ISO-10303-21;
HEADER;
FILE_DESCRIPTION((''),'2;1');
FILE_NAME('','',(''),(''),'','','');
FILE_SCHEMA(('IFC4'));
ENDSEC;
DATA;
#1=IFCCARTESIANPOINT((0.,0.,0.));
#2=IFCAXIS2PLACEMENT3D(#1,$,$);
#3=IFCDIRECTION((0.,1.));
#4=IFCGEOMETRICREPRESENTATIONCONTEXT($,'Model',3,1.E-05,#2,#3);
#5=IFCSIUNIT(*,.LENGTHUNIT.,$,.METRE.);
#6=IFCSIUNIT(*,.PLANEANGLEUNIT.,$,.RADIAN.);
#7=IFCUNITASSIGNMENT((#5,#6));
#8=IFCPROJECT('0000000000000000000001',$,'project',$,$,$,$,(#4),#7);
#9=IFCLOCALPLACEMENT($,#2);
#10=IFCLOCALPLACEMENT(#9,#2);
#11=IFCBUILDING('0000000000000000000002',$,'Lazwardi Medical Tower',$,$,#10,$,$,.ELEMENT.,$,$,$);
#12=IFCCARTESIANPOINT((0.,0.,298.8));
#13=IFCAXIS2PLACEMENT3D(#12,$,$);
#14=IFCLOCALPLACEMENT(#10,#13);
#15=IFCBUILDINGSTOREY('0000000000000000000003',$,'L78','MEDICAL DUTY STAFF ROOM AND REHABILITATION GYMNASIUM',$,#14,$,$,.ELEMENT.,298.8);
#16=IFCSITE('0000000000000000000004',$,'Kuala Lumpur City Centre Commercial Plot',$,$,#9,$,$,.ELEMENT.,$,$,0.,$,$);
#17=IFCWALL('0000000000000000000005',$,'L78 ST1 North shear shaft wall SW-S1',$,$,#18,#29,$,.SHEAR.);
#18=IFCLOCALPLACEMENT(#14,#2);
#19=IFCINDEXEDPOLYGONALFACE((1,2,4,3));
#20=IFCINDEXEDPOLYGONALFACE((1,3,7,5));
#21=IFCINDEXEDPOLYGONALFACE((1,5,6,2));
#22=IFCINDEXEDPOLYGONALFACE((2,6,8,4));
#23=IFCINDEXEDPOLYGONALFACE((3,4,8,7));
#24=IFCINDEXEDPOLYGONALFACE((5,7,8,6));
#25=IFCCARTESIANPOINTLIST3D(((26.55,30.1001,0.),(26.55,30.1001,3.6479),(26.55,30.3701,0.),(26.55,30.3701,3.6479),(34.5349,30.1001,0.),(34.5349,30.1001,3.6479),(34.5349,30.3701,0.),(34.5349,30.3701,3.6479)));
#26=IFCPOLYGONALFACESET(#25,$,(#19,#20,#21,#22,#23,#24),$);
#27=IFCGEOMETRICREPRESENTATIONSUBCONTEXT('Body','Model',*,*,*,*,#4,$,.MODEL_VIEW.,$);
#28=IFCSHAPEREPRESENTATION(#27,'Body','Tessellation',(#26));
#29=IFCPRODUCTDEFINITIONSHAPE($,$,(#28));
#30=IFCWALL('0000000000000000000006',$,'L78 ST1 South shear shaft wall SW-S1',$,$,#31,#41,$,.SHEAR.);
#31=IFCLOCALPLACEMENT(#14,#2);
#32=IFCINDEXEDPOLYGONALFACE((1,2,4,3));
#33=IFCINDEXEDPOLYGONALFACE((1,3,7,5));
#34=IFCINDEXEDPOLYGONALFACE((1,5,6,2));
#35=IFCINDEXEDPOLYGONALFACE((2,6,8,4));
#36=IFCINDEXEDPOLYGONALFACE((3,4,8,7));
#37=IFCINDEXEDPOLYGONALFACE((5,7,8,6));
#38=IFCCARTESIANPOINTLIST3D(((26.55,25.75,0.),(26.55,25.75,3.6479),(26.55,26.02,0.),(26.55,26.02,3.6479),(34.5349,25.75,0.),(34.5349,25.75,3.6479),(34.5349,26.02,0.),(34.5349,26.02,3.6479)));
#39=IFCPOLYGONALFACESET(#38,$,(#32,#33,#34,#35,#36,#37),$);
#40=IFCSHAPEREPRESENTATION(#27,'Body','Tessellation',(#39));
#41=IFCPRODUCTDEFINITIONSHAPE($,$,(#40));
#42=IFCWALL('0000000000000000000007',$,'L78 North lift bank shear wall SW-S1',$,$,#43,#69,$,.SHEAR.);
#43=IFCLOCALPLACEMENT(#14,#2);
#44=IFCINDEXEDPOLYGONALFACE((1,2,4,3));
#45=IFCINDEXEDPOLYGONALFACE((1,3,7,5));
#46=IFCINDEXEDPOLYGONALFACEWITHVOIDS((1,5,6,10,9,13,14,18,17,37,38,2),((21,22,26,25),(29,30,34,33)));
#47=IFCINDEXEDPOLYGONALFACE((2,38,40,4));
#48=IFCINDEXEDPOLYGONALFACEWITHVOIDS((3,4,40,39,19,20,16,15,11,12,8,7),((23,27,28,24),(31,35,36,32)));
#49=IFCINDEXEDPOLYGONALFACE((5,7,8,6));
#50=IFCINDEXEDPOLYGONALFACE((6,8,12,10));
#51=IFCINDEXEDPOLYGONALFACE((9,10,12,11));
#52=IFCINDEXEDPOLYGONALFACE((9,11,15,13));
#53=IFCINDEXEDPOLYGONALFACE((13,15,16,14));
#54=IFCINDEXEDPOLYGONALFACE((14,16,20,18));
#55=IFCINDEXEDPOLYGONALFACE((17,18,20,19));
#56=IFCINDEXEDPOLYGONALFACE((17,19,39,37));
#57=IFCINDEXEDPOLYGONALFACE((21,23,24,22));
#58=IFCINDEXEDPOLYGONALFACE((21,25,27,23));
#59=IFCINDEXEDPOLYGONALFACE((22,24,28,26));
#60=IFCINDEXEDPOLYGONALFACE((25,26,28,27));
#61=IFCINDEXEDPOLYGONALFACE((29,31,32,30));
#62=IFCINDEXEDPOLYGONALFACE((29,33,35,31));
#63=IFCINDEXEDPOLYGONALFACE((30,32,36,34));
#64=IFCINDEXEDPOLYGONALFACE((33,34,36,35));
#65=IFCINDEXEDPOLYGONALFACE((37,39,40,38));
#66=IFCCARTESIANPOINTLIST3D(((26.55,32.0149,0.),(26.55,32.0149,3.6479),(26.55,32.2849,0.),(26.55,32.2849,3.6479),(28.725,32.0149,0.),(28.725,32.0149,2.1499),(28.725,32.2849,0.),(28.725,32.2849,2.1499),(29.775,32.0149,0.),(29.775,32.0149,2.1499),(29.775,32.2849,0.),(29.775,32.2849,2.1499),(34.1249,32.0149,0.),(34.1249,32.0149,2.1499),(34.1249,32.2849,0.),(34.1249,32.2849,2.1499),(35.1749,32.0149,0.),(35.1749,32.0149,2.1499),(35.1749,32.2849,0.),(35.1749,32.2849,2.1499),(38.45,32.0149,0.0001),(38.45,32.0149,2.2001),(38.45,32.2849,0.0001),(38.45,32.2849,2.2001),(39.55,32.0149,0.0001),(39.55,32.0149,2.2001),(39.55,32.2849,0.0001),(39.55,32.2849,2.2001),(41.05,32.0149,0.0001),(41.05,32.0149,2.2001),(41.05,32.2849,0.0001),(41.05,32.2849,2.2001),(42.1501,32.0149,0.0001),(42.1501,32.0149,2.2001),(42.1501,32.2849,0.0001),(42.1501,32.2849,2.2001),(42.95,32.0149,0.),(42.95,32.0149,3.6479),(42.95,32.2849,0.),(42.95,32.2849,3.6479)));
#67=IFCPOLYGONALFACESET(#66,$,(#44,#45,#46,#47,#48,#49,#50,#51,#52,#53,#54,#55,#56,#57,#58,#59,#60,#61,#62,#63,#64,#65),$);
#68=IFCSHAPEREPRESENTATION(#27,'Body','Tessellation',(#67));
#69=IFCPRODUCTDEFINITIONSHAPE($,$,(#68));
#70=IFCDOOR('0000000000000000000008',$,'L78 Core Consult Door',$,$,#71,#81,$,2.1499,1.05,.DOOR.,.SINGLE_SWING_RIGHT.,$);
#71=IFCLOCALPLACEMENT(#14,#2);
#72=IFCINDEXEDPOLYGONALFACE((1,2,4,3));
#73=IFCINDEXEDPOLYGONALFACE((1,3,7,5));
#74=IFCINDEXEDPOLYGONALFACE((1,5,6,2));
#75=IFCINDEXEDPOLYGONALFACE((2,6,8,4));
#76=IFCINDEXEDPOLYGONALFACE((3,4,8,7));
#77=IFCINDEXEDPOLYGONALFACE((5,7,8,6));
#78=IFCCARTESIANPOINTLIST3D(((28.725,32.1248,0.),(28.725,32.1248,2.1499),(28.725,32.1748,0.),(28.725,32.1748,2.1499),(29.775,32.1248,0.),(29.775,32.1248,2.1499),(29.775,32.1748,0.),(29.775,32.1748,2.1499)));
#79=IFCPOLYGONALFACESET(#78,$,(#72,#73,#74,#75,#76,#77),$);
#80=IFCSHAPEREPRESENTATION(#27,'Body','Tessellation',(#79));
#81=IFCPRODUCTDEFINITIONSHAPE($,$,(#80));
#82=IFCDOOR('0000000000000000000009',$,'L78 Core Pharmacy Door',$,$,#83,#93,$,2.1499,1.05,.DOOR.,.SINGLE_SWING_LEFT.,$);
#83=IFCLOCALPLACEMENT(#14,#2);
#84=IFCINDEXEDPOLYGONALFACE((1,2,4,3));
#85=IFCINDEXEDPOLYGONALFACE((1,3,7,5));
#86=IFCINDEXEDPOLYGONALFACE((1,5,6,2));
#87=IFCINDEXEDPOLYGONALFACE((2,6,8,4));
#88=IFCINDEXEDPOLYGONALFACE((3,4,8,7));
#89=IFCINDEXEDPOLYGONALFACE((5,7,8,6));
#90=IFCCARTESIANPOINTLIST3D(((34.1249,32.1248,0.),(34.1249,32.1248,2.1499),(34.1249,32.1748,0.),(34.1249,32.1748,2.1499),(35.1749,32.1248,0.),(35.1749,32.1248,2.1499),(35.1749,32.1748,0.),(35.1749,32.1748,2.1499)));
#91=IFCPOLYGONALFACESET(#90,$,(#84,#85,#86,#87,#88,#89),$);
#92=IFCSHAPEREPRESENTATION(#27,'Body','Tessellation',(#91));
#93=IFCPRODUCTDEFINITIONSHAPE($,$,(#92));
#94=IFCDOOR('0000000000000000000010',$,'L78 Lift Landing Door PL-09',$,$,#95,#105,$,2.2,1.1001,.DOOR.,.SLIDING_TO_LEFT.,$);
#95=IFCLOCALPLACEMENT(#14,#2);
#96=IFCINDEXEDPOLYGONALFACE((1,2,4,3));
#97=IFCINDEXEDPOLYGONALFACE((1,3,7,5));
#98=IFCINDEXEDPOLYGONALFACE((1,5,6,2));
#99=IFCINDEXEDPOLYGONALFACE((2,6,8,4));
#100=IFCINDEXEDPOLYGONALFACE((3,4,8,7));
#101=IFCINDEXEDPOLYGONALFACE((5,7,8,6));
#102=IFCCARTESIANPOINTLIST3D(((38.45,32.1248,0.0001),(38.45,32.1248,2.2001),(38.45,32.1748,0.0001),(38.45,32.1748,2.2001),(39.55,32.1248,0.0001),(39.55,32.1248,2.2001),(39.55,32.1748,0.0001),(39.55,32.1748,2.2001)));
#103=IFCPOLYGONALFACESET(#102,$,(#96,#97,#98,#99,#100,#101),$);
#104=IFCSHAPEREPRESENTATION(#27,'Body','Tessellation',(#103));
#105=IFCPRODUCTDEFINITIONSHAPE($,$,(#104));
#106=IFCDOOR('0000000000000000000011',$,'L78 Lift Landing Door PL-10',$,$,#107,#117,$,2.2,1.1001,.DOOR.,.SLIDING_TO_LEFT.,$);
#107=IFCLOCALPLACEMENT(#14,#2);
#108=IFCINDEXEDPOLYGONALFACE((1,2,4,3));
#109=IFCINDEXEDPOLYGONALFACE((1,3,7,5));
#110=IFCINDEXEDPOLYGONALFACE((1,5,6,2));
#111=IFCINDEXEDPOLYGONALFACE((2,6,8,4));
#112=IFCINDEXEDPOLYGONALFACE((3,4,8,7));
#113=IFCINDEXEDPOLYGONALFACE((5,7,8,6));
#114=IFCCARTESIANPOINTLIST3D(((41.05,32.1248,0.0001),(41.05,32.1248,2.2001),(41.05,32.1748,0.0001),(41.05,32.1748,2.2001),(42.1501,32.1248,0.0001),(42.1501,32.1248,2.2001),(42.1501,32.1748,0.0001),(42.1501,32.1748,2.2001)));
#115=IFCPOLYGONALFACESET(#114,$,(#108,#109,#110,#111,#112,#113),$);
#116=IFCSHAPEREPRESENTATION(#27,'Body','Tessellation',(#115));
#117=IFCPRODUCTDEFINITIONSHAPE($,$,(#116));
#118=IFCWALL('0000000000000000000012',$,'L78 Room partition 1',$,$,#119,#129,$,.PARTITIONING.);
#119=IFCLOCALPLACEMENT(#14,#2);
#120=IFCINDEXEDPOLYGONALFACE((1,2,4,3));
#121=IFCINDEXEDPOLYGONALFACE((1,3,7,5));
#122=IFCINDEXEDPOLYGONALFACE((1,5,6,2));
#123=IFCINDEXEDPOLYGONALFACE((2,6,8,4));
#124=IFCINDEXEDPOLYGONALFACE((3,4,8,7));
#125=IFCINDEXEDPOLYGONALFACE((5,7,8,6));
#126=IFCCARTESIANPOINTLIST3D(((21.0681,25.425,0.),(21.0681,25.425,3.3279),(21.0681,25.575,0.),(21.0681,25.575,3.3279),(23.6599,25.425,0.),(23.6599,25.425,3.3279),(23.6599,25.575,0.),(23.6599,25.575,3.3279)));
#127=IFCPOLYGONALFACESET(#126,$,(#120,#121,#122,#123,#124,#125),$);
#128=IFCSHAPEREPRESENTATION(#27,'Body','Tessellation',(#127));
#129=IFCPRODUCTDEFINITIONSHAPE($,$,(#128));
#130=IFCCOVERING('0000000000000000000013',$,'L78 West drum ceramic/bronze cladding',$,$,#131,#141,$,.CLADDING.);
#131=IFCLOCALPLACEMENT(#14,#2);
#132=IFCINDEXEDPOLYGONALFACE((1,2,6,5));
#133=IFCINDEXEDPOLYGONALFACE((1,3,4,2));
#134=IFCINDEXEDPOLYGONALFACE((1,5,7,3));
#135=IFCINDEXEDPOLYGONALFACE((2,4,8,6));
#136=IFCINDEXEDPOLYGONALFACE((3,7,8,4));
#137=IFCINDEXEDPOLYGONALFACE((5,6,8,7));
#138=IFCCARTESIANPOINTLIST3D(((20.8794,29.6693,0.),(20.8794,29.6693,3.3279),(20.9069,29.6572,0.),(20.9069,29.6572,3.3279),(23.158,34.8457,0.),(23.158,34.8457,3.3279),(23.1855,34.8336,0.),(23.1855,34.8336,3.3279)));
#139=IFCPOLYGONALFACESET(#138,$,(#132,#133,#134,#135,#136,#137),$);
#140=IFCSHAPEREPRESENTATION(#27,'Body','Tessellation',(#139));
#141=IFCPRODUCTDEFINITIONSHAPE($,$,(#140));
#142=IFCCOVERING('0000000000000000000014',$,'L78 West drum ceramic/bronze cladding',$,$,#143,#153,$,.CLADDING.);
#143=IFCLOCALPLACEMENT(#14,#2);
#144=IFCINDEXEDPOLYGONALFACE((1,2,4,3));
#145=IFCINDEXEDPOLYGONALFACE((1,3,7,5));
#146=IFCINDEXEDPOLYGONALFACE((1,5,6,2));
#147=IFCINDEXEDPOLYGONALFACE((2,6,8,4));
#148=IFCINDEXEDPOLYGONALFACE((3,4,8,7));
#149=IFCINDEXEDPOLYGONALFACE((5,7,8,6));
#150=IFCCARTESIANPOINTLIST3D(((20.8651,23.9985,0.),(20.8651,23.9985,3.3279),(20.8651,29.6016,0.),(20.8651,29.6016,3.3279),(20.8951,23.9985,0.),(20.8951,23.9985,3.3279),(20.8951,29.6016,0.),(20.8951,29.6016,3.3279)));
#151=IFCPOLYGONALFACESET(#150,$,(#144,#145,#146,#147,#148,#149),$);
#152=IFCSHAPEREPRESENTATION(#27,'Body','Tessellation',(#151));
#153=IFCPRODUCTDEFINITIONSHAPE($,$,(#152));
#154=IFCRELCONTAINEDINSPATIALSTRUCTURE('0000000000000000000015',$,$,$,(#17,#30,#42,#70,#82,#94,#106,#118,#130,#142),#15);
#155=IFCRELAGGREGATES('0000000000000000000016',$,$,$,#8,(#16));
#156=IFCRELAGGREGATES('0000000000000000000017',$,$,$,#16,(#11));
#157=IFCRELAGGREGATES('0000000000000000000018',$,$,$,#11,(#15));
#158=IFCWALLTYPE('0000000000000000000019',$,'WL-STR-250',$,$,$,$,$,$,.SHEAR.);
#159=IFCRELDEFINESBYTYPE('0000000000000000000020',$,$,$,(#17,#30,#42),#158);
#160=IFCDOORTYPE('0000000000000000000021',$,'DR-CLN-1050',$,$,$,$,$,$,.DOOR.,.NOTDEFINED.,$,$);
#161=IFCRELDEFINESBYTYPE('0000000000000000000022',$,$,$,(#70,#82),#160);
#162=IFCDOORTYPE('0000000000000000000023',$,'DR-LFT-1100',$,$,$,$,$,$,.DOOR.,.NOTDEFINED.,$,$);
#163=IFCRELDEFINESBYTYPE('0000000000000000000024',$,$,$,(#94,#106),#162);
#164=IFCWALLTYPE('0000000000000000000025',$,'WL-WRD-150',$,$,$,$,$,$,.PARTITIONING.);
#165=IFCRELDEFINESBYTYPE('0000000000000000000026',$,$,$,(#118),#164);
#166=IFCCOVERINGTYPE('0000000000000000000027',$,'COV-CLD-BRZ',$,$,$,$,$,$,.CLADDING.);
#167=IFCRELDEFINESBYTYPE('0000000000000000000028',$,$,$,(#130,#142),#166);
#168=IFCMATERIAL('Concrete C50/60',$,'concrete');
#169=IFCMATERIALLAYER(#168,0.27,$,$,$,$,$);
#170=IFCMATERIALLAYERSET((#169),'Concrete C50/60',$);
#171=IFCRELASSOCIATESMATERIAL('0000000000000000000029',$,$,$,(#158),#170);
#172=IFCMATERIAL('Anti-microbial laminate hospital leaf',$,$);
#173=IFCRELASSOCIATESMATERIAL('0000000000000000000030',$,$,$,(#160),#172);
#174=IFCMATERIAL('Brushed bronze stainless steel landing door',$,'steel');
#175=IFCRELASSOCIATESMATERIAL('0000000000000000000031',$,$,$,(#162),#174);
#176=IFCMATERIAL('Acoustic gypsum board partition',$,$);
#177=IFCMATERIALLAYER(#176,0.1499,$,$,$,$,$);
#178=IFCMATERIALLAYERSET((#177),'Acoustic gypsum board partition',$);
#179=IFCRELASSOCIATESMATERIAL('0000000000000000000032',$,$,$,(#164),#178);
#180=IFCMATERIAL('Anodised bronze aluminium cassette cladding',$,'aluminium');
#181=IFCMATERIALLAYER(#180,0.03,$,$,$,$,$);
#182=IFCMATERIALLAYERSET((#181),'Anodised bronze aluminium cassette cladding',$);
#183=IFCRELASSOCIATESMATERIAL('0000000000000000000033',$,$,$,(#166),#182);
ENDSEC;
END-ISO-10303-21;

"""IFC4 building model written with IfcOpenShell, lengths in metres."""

from ifc_helpers import new_model, si_unit, direction, frame, frame_2d, origin, origin_2d, place, context, subcontext, project, spatial, rectangle, extrude, material, layer, layer_set, type_object, element, fill, save


model = new_model("IFC4")

# Units and contexts
model_context = context("Model", 3, precision=1e-05, world=origin(), true_north=direction((0.0, 1.0)))
body_context = subcontext(model_context, "Body", "Model", "MODEL_VIEW")
ifc_project = project(units=[si_unit("LENGTHUNIT", "METRE"), si_unit("PLANEANGLEUNIT", "RADIAN")], contexts=[model_context])

# Site, building, storey
site_placement = place(None, origin())
site = spatial("IfcSite", under=ifc_project, at=site_placement, Name="Kuala Lumpur City Centre Commercial Plot", CompositionType="ELEMENT", RefElevation=0.0)
building_placement = place(site_placement, origin())
building = spatial("IfcBuilding", under=site, at=building_placement, Name="Lazwardi Medical Tower", CompositionType="ELEMENT")
storey_placement = place(building_placement, frame((0.0, 0.0, 298.8)))
storey = spatial("IfcBuildingStorey", under=building, at=storey_placement, Name="L78", Description="MEDICAL DUTY STAFF ROOM AND REHABILITATION GYMNASIUM", CompositionType="ELEMENT", Elevation=298.8)

# Walls
ifc_material_1 = material(Name="Concrete C50/60", Category="concrete")
ifc_layer_1 = layer(ifc_material_1, 0.27)
ifc_layer_set_1 = layer_set([ifc_layer_1], Name="Concrete C50/60")
wall_type_1 = type_object("IfcWallType", Name="WL-STR-250", PredefinedType="SHEAR", material=ifc_layer_set_1)
for number, where, z_axis, x_axis, name in (
    (1, (26.55, 30.2351, 0.0), (0.0, 0.0, 1.0), (1.0, 0.0, 0.0), "L78 ST1 North shear shaft wall SW-S1"),
    (2, (26.55, 25.885, 0.0), (0.0, 0.0, 1.0), (1.0, 0.0, 0.0), "L78 ST1 South shear shaft wall SW-S1"),
):
    element("IfcWall", number, at=place(storey_placement, frame(where, z_axis=z_axis, x_axis=x_axis)), inside=storey, type_object=wall_type_1, Name=name, PredefinedType="SHEAR", context=body_context, shape_type="SweptSolid", body=[
        extrude(rectangle(XDim=7.9849, YDim=0.27, at=frame_2d((3.9924, 0.0))), origin(), (0.0, 0.0, 1.0), 3.6479),
    ])

# Wall, openings, doors
wall_1_placement = place(storey_placement, frame((26.55, 32.1499, 0.0), z_axis=(0.0, 0.0, 1.0), x_axis=(1.0, 0.0, 0.0)))
wall_1 = element("IfcWall", 3, at=wall_1_placement, inside=storey, type_object=wall_type_1, Name="L78 North lift bank shear wall SW-S1", PredefinedType="SHEAR", context=body_context, shape_type="SweptSolid", body=[
    extrude(rectangle(XDim=16.3999, YDim=0.27, at=frame_2d((8.2, 0.0))), origin(), (0.0, 0.0, 1.0), 3.6479),
])
opening_1_placement = place(wall_1_placement, frame((2.175, 0.0, 0.0)))
opening_1 = element("IfcOpeningElement", 4, at=opening_1_placement, cuts=wall_1, PredefinedType="OPENING", context=body_context, shape_type="SweptSolid", body=[
    extrude(rectangle(XDim=1.05, YDim=2.1499, at=frame_2d((0.5249, 1.075))), frame((0.0, 0.145, 0.0), z_axis=(0.0, -1.0, 0.0), x_axis=(1.0, 0.0, 0.0)), (0.0, 0.0, 1.0), 0.29),
])
opening_2_placement = place(wall_1_placement, frame((7.575, 0.0, 0.0)))
opening_2 = element("IfcOpeningElement", 5, at=opening_2_placement, cuts=wall_1, PredefinedType="OPENING", context=body_context, shape_type="SweptSolid", body=[
    extrude(rectangle(XDim=1.05, YDim=2.1499, at=frame_2d((0.5249, 1.075))), frame((0.0, 0.145, 0.0), z_axis=(0.0, -1.0, 0.0), x_axis=(1.0, 0.0, 0.0)), (0.0, 0.0, 1.0), 0.29),
])
opening_3_placement = place(wall_1_placement, frame((11.8999, 0.0, 0.0)))
opening_3 = element("IfcOpeningElement", 6, at=opening_3_placement, cuts=wall_1, PredefinedType="OPENING", context=body_context, shape_type="SweptSolid", body=[
    extrude(rectangle(XDim=1.1001, YDim=2.2, at=frame_2d((0.55, 1.1001))), frame((0.0, 0.145, 0.0), z_axis=(0.0, -1.0, 0.0), x_axis=(1.0, 0.0, 0.0)), (0.0, 0.0, 1.0), 0.29),
])
opening_4_placement = place(wall_1_placement, frame((14.5, 0.0, 0.0)))
opening_4 = element("IfcOpeningElement", 7, at=opening_4_placement, cuts=wall_1, PredefinedType="OPENING", context=body_context, shape_type="SweptSolid", body=[
    extrude(rectangle(XDim=1.1001, YDim=2.2, at=frame_2d((0.55, 1.1001))), frame((0.0, 0.145, 0.0), z_axis=(0.0, -1.0, 0.0), x_axis=(1.0, 0.0, 0.0)), (0.0, 0.0, 1.0), 0.29),
])
ifc_material_2 = material(Name="Anti-microbial laminate hospital leaf")
door_type_1 = type_object("IfcDoorType", Name="DR-CLN-1050", OperationType="NOTDEFINED", PredefinedType="DOOR", material=ifc_material_2)
door_1_placement = place(opening_1_placement, origin())
door_1 = element("IfcDoor", 8, at=door_1_placement, inside=storey, type_object=door_type_1, Name="L78 Core Consult Door", OperationType="SINGLE_SWING_RIGHT", OverallHeight=2.1499, OverallWidth=1.05, PredefinedType="DOOR", context=body_context, shape_type="SweptSolid", body=[
    extrude(rectangle(XDim=1.05, YDim=2.1499, at=frame_2d((0.5249, 1.075))), frame((0.0, 0.0249, 0.0), z_axis=(0.0, -1.0, 0.0), x_axis=(1.0, 0.0, 0.0)), (0.0, 0.0, 1.0), 0.05),
])
fill(opening_1, door_1)
door_2_placement = place(opening_2_placement, origin())
door_2 = element("IfcDoor", 9, at=door_2_placement, inside=storey, type_object=door_type_1, Name="L78 Core Pharmacy Door", OperationType="SINGLE_SWING_LEFT", OverallHeight=2.1499, OverallWidth=1.05, PredefinedType="DOOR", context=body_context, shape_type="SweptSolid", body=[
    extrude(rectangle(XDim=1.05, YDim=2.1499, at=frame_2d((0.5249, 1.075))), frame((0.0, 0.0249, 0.0), z_axis=(0.0, -1.0, 0.0), x_axis=(1.0, 0.0, 0.0)), (0.0, 0.0, 1.0), 0.05),
])
fill(opening_2, door_2)
ifc_material_3 = material(Name="Brushed bronze stainless steel landing door", Category="steel")
door_type_2 = type_object("IfcDoorType", Name="DR-LFT-1100", OperationType="NOTDEFINED", PredefinedType="DOOR", material=ifc_material_3)
door_3_placement = place(opening_3_placement, origin())
door_3 = element("IfcDoor", 10, at=door_3_placement, inside=storey, type_object=door_type_2, Name="L78 Lift Landing Door PL-09", OperationType="SLIDING_TO_LEFT", OverallHeight=2.2, OverallWidth=1.1001, PredefinedType="DOOR", context=body_context, shape_type="SweptSolid", body=[
    extrude(rectangle(XDim=1.1001, YDim=2.2, at=frame_2d((0.55, 1.1001))), frame((0.0, 0.0249, 0.0), z_axis=(0.0, -1.0, 0.0), x_axis=(1.0, 0.0, 0.0)), (0.0, 0.0, 1.0), 0.05),
])
fill(opening_3, door_3)
door_4_placement = place(opening_4_placement, origin())
door_4 = element("IfcDoor", 11, at=door_4_placement, inside=storey, type_object=door_type_2, Name="L78 Lift Landing Door PL-10", OperationType="SLIDING_TO_LEFT", OverallHeight=2.2, OverallWidth=1.1001, PredefinedType="DOOR", context=body_context, shape_type="SweptSolid", body=[
    extrude(rectangle(XDim=1.1001, YDim=2.2, at=frame_2d((0.55, 1.1001))), frame((0.0, 0.0249, 0.0), z_axis=(0.0, -1.0, 0.0), x_axis=(1.0, 0.0, 0.0)), (0.0, 0.0, 1.0), 0.05),
])
fill(opening_4, door_4)

# Wall
ifc_material_4 = material(Name="Acoustic gypsum board partition")
ifc_layer_2 = layer(ifc_material_4, 0.1499)
ifc_layer_set_2 = layer_set([ifc_layer_2], Name="Acoustic gypsum board partition")
wall_type_2 = type_object("IfcWallType", Name="WL-WRD-150", PredefinedType="PARTITIONING", material=ifc_layer_set_2)
wall_2_placement = place(storey_placement, frame((21.0681, 25.5, 0.0), z_axis=(0.0, 0.0, 1.0), x_axis=(1.0, 0.0, 0.0)))
element("IfcWall", 12, at=wall_2_placement, inside=storey, type_object=wall_type_2, Name="L78 Room partition 1", PredefinedType="PARTITIONING", context=body_context, shape_type="SweptSolid", body=[
    extrude(rectangle(XDim=2.5918, YDim=0.1499, at=frame_2d((1.2959, 0.0))), origin(), (0.0, 0.0, 1.0), 3.3279),
])

# Coverings
ifc_material_5 = material(Name="Anodised bronze aluminium cassette cladding", Category="aluminium")
ifc_layer_3 = layer(ifc_material_5, 0.03)
ifc_layer_set_3 = layer_set([ifc_layer_3], Name="Anodised bronze aluminium cassette cladding")
covering_type = type_object("IfcCoveringType", Name="COV-CLD-BRZ", PredefinedType="CLADDING", material=ifc_layer_set_3)
covering_1_placement = place(storey_placement, frame((22.0325, 32.2515, 0.0), z_axis=(0.0, 0.0, 1.0), x_axis=(-0.402878, -0.915254, 0.0)))
element("IfcCovering", 13, at=covering_1_placement, inside=storey, type_object=covering_type, Name="L78 West drum ceramic/bronze cladding", PredefinedType="CLADDING", context=body_context, shape_type="SweptSolid", body=[
    extrude(rectangle(XDim=5.6558, YDim=0.03, at=origin_2d()), origin(), (0.0, 0.0, 1.0), 3.3279),
])
covering_2_placement = place(storey_placement, frame((20.8801, 26.8, 0.0), z_axis=(0.0, 0.0, 1.0), x_axis=(0.0, -1.0, 0.0)))
element("IfcCovering", 14, at=covering_2_placement, inside=storey, type_object=covering_type, Name="L78 West drum ceramic/bronze cladding", PredefinedType="CLADDING", context=body_context, shape_type="SweptSolid", body=[
    extrude(rectangle(XDim=5.603, YDim=0.03, at=origin_2d()), origin(), (0.0, 0.0, 1.0), 3.3279),
])

save(model, "model.ifc")
